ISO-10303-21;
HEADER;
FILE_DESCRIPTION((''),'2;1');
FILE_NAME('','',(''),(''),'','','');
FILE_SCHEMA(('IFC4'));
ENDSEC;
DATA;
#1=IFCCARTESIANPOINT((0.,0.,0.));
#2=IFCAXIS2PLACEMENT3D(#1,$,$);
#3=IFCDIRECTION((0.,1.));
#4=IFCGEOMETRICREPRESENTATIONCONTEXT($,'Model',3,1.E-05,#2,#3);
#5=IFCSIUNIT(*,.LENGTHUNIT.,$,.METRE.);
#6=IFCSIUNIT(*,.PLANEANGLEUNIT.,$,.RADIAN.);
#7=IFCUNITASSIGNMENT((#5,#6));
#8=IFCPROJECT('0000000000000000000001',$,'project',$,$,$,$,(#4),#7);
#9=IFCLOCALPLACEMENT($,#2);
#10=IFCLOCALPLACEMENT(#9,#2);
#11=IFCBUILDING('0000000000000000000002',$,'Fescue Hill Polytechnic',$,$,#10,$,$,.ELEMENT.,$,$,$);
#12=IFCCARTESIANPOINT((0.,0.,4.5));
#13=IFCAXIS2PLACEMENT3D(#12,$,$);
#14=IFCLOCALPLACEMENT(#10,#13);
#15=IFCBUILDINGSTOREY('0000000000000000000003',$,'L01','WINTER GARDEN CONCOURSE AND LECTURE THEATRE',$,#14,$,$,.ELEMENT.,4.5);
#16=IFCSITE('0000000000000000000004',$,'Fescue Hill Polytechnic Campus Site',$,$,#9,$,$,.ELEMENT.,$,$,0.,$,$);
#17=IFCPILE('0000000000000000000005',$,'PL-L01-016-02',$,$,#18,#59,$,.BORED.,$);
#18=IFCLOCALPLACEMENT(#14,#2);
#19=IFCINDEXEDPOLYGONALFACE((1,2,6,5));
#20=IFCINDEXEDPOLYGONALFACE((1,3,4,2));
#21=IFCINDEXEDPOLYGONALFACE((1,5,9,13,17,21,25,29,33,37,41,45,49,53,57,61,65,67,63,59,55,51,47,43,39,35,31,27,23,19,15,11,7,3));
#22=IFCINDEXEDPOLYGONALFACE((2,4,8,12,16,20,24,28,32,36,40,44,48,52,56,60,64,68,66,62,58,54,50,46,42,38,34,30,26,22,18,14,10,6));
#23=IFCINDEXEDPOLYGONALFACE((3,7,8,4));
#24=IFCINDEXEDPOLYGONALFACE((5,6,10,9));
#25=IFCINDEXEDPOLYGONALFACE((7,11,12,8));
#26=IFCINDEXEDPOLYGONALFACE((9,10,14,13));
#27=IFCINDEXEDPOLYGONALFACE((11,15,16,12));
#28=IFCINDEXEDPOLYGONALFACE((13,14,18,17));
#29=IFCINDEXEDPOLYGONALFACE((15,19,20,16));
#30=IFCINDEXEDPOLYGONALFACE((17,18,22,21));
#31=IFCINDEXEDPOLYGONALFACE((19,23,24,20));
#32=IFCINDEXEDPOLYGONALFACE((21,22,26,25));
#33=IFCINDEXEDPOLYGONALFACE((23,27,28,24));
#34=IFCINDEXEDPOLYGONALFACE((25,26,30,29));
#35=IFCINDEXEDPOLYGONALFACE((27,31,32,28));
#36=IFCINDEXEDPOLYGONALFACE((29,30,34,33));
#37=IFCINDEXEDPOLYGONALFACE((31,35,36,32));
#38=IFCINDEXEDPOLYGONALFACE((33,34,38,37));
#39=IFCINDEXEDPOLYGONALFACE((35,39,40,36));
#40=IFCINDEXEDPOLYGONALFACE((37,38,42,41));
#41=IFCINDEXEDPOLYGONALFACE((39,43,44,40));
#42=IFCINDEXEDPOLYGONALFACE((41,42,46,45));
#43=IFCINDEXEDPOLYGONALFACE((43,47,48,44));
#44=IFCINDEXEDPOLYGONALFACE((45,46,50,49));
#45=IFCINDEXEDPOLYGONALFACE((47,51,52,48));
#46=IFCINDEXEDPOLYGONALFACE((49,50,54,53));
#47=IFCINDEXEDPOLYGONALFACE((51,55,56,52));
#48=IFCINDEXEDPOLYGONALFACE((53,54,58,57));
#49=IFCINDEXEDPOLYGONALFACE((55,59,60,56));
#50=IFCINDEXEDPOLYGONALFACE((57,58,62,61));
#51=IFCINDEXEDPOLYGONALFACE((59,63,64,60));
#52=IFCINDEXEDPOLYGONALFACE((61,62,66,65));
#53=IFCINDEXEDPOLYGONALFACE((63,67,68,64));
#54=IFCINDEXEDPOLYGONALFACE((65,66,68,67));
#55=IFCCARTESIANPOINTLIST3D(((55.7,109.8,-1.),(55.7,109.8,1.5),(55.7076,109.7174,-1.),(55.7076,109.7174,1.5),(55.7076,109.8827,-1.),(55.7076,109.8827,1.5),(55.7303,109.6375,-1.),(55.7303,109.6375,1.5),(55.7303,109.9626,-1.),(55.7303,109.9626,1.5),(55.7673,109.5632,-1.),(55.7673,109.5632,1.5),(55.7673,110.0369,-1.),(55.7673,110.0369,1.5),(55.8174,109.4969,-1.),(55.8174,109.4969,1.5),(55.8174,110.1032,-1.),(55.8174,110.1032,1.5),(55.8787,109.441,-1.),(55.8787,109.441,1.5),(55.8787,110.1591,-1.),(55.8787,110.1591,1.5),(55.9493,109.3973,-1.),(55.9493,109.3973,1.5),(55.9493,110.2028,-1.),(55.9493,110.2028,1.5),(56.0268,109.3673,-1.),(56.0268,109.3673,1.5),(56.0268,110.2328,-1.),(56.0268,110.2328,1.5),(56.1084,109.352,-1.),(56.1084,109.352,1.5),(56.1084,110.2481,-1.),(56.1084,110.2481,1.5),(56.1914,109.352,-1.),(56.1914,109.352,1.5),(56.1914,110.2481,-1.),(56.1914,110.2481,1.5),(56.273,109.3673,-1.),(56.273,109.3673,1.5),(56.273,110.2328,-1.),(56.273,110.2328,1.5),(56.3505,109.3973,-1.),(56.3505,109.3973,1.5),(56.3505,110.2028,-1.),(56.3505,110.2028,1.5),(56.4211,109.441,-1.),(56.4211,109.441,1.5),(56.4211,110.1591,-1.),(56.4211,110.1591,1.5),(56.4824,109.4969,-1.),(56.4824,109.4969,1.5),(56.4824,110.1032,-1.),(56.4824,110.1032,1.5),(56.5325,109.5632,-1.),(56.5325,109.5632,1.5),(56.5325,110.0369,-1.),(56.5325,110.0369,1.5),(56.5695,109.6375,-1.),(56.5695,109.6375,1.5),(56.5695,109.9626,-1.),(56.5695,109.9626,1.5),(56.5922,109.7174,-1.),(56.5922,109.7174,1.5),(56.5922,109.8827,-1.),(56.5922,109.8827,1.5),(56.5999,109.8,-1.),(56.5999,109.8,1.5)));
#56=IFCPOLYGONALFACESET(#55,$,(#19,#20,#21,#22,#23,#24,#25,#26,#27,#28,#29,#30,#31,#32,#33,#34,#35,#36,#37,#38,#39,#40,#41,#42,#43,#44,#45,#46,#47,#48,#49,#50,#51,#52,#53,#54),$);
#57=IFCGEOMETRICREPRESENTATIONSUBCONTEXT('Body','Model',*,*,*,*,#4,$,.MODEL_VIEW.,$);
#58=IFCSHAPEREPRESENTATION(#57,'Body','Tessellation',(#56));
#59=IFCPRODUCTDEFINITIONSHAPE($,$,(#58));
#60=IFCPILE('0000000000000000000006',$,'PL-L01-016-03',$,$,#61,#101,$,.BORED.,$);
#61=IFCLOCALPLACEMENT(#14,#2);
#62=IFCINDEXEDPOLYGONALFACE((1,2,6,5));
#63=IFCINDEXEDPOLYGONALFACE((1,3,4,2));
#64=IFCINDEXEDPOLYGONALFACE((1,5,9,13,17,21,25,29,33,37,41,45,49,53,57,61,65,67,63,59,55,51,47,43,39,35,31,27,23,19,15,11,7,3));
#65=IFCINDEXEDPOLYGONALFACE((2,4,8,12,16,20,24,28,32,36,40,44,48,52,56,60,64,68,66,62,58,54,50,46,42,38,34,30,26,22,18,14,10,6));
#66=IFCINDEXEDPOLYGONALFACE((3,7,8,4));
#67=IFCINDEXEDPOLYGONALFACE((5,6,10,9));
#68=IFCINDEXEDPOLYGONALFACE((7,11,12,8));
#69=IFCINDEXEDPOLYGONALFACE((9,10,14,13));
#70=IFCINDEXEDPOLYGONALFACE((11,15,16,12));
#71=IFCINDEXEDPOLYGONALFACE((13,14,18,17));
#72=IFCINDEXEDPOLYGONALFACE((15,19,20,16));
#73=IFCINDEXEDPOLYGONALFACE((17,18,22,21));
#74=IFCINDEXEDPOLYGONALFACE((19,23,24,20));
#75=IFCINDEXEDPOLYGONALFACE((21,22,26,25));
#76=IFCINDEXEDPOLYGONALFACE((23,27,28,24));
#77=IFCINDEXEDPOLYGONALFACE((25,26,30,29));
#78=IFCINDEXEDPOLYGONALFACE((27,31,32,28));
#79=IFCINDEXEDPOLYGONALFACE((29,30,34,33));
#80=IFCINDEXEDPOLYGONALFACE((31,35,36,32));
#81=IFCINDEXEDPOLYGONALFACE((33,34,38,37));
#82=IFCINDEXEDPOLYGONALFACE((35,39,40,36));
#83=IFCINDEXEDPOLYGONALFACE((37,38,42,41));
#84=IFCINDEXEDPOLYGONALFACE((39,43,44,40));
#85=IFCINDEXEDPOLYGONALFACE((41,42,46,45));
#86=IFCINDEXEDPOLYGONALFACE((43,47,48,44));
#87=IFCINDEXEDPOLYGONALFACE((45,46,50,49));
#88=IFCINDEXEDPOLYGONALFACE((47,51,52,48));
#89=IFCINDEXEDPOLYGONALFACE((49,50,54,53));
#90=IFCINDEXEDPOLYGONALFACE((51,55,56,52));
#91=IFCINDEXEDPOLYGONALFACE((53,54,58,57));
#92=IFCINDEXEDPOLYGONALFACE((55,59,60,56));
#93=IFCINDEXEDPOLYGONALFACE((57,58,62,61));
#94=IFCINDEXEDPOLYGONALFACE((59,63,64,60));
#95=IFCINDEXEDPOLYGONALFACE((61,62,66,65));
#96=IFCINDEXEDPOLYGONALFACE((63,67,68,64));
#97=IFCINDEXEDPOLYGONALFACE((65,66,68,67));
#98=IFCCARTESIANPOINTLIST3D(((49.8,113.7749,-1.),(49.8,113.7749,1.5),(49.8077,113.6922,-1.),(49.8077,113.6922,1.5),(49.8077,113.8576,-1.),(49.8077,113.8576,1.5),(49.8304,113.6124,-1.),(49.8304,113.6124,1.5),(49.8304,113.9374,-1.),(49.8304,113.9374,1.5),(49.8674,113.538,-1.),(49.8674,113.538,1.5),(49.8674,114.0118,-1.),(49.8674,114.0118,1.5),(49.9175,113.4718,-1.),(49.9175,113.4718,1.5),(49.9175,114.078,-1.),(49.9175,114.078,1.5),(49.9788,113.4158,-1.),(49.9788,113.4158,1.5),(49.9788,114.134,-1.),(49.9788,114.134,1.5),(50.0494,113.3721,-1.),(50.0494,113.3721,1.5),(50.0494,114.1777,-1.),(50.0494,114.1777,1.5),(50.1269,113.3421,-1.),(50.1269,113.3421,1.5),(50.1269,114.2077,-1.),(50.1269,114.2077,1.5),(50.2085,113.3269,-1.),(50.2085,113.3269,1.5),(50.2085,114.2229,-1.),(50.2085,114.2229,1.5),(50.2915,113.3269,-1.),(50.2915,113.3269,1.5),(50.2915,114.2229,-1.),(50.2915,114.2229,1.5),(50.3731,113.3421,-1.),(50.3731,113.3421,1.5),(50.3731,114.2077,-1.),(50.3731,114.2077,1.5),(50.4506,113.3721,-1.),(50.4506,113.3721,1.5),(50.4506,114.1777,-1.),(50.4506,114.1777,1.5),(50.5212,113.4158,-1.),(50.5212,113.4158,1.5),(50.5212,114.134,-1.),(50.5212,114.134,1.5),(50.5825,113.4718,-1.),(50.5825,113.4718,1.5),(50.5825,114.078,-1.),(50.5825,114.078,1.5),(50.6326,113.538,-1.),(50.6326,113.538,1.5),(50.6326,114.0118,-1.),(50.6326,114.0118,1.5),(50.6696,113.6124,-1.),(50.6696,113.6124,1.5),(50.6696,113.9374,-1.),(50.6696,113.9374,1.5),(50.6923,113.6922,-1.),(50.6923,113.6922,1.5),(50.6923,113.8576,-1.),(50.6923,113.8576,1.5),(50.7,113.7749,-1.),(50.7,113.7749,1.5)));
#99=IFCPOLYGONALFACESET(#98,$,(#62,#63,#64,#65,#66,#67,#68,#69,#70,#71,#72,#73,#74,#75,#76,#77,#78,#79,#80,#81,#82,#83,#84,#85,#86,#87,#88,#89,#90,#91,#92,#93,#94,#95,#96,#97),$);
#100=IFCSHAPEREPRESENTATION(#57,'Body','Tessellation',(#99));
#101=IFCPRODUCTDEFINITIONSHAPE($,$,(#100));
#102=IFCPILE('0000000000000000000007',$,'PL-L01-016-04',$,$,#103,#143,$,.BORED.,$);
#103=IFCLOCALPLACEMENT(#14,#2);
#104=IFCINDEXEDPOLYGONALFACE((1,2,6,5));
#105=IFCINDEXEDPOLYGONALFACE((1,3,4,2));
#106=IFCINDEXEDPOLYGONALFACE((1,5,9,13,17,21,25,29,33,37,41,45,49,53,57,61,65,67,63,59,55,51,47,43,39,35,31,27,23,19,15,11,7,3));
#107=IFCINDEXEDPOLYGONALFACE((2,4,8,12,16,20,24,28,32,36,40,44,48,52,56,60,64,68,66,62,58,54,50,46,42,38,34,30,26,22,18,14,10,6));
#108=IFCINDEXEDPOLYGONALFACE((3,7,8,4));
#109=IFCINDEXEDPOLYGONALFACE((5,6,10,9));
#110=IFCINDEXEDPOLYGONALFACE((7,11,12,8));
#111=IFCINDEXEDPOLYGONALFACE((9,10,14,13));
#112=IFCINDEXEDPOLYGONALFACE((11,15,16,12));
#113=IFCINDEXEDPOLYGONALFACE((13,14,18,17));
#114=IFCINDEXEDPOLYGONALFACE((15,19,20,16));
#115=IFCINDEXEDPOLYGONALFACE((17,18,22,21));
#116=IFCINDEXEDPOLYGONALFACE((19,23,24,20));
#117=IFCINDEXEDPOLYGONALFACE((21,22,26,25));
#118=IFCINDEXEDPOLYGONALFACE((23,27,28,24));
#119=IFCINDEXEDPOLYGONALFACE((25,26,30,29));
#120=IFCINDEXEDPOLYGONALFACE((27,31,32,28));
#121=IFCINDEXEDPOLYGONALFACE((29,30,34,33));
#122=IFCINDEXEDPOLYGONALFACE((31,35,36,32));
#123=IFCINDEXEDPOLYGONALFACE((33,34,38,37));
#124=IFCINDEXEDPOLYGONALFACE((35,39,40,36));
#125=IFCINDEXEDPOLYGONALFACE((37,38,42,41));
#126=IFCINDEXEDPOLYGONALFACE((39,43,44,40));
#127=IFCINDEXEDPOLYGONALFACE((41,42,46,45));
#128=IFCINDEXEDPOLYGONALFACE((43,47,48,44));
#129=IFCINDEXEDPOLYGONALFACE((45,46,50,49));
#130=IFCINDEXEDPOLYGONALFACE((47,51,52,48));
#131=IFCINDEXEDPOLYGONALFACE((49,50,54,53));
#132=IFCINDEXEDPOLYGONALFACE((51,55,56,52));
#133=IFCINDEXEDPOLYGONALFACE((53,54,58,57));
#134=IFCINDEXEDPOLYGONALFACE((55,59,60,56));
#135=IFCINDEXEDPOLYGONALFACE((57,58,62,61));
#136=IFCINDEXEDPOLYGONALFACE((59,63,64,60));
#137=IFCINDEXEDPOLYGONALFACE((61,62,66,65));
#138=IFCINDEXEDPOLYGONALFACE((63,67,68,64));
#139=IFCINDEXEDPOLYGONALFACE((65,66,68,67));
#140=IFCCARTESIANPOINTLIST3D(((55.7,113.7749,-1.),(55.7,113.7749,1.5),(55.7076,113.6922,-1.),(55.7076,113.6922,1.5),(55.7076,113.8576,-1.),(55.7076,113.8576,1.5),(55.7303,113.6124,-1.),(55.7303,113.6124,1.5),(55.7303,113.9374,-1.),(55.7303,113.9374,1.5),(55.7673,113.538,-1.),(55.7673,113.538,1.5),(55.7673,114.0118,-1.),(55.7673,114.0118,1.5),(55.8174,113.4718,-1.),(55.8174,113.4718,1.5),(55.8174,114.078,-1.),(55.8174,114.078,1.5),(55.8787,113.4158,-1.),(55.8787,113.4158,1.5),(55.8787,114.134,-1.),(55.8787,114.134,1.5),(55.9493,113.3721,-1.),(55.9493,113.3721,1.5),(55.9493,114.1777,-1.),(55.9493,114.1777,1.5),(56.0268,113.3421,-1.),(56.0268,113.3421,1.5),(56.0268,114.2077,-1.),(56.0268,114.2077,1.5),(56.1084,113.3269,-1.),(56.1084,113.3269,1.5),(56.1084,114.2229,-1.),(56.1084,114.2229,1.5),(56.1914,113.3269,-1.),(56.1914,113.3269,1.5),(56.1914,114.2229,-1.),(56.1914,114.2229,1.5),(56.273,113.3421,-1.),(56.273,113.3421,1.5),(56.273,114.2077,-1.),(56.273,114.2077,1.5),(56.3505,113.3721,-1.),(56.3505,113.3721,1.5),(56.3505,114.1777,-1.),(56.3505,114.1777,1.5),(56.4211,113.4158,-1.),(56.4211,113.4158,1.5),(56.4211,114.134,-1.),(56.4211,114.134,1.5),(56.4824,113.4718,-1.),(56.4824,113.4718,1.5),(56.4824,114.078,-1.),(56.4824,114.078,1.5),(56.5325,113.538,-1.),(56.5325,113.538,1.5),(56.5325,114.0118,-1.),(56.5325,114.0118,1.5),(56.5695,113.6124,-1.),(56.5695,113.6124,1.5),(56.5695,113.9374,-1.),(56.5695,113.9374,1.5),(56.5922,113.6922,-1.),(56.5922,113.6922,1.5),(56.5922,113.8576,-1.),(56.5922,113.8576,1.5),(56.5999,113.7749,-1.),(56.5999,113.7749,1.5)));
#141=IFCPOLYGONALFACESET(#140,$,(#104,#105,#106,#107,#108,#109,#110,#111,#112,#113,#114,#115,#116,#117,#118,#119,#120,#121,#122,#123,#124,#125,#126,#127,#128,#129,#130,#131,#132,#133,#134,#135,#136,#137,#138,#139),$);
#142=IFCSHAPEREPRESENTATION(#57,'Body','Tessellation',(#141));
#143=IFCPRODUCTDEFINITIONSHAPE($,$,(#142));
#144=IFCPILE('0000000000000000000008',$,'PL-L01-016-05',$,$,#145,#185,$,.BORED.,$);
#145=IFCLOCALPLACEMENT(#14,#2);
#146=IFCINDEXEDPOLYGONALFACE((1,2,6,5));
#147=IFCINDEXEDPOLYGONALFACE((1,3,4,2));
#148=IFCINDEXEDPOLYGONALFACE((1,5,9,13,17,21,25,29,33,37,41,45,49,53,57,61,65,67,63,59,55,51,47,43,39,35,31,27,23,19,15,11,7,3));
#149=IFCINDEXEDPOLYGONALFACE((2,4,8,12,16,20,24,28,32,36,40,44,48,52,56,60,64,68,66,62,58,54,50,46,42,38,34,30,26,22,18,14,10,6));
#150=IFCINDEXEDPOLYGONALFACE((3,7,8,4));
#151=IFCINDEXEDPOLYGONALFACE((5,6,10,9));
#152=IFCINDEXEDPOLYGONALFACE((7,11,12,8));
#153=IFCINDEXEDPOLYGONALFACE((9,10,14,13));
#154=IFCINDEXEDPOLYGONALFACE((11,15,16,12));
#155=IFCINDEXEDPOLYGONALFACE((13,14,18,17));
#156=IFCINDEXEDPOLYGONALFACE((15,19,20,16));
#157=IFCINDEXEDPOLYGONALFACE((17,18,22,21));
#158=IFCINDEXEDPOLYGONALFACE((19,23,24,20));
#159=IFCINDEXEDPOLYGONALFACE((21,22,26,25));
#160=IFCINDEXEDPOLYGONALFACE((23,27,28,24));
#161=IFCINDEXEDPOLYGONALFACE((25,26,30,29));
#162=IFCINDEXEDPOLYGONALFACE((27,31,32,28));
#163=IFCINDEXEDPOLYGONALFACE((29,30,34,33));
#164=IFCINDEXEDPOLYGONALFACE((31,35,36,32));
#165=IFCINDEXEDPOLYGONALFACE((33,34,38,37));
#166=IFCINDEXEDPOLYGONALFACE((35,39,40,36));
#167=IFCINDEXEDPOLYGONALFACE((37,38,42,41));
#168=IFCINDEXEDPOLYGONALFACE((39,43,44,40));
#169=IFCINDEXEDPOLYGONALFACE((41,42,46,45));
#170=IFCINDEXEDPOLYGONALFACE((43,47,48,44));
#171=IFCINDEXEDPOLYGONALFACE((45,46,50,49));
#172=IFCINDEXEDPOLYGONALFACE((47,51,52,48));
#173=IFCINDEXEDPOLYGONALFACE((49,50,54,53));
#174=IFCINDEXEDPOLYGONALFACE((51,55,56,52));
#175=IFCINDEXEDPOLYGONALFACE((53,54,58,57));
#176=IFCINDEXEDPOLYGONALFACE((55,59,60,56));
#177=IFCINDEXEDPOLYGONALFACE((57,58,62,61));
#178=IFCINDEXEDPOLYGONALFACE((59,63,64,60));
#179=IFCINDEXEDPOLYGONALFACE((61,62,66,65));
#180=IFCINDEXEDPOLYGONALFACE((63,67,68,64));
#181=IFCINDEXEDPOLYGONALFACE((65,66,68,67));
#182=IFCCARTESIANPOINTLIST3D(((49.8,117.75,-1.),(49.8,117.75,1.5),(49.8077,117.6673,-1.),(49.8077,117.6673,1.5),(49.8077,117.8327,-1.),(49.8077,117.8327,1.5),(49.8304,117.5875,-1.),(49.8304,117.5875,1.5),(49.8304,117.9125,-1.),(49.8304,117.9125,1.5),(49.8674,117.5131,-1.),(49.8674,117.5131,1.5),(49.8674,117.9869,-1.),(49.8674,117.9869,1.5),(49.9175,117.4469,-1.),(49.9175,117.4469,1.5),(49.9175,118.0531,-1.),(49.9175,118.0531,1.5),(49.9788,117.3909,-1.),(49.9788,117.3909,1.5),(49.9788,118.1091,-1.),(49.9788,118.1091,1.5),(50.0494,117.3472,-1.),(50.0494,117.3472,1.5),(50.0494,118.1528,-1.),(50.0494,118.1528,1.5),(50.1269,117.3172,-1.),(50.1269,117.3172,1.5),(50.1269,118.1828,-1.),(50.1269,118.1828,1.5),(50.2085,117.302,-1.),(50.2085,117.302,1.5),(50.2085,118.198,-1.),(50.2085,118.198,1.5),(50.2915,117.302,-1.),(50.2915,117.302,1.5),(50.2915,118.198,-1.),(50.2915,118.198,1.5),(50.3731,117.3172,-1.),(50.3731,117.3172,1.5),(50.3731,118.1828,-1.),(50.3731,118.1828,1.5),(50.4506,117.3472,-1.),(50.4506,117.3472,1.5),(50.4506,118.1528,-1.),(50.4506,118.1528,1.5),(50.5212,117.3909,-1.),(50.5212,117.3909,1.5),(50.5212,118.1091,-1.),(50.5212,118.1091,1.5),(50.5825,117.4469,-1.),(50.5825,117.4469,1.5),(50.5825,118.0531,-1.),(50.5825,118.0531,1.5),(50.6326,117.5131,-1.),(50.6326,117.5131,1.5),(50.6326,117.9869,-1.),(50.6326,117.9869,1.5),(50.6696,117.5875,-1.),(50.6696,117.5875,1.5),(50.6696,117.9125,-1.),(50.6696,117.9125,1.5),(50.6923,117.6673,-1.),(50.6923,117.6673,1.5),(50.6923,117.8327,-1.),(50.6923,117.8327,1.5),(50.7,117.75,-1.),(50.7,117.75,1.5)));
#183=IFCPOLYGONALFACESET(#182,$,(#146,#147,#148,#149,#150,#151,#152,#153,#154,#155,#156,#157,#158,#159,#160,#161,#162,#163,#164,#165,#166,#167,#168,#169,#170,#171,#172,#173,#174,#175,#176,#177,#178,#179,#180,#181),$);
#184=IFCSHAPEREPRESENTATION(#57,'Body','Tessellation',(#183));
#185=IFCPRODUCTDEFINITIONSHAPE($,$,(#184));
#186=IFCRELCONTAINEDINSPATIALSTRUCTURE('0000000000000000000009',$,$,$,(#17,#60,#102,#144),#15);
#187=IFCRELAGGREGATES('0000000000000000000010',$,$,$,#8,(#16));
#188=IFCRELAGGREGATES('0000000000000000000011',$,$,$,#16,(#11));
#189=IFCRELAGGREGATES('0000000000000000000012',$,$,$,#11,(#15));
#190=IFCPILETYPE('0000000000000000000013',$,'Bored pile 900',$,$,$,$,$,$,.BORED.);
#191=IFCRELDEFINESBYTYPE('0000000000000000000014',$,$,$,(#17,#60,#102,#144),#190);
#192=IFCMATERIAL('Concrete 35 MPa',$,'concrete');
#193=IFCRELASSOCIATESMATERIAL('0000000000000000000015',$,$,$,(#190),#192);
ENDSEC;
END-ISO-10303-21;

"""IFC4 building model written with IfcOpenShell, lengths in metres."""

from ifc_helpers import new_model, si_unit, direction, frame, origin, origin_2d, place, context, subcontext, project, spatial, circle, extrude, material, material_profile, profile_set, type_object, element, save


model = new_model("IFC4")

# Units and contexts
model_context = context("Model", 3, precision=1e-05, world=origin(), true_north=direction((0.0, 1.0)))
body_context = subcontext(model_context, "Body", "Model", "MODEL_VIEW")
ifc_project = project(units=[si_unit("LENGTHUNIT", "METRE"), si_unit("PLANEANGLEUNIT", "RADIAN")], contexts=[model_context])

# Site, building, storey
site_placement = place(None, origin())
site = spatial("IfcSite", under=ifc_project, at=site_placement, Name="Fescue Hill Polytechnic Campus Site", CompositionType="ELEMENT", RefElevation=0.0)
building_placement = place(site_placement, origin())
building = spatial("IfcBuilding", under=site, at=building_placement, Name="Fescue Hill Polytechnic", CompositionType="ELEMENT")
storey_placement = place(building_placement, frame((0.0, 0.0, 4.5)))
storey = spatial("IfcBuildingStorey", under=building, at=storey_placement, Name="L01", Description="WINTER GARDEN CONCOURSE AND LECTURE THEATRE", CompositionType="ELEMENT", Elevation=4.5)

# Piles
ifc_material_1 = material(Name="Concrete 35 MPa", Category="concrete")
ifc_material_profile = material_profile(ifc_material_1, circle(Radius=0.45, at=origin_2d()), Name="Bored pile 900")
ifc_profile_set = profile_set([ifc_material_profile], Name="Concrete 35 MPa")
pile_type = type_object("IfcPileType", Name="Bored pile 900", PredefinedType="BORED", material=ifc_profile_set)
for number, where, z_axis, x_axis, name in (
    (1, (56.1499, 109.8, 1.5), (0.0, 0.0, -1.0), (1.0, 0.0, 0.0), "PL-L01-016-02"),
    (2, (50.25, 113.7749, 1.5), (0.0, 0.0, -1.0), (1.0, 0.0, 0.0), "PL-L01-016-03"),
    (3, (56.1499, 113.7749, 1.5), (0.0, 0.0, -1.0), (1.0, 0.0, 0.0), "PL-L01-016-04"),
    (4, (50.25, 117.75, 1.5), (0.0, 0.0, -1.0), (1.0, 0.0, 0.0), "PL-L01-016-05"),
):
    element("IfcPile", number, at=place(storey_placement, frame(where, z_axis=z_axis, x_axis=x_axis)), inside=storey, type_object=pile_type, Name=name, PredefinedType="BORED", context=body_context, shape_type="SweptSolid", body=[
        extrude(circle(Radius=0.45, at=origin_2d()), origin(), (0.0, 0.0, 1.0), 2.5),
    ])

save(model, "model.ifc")
